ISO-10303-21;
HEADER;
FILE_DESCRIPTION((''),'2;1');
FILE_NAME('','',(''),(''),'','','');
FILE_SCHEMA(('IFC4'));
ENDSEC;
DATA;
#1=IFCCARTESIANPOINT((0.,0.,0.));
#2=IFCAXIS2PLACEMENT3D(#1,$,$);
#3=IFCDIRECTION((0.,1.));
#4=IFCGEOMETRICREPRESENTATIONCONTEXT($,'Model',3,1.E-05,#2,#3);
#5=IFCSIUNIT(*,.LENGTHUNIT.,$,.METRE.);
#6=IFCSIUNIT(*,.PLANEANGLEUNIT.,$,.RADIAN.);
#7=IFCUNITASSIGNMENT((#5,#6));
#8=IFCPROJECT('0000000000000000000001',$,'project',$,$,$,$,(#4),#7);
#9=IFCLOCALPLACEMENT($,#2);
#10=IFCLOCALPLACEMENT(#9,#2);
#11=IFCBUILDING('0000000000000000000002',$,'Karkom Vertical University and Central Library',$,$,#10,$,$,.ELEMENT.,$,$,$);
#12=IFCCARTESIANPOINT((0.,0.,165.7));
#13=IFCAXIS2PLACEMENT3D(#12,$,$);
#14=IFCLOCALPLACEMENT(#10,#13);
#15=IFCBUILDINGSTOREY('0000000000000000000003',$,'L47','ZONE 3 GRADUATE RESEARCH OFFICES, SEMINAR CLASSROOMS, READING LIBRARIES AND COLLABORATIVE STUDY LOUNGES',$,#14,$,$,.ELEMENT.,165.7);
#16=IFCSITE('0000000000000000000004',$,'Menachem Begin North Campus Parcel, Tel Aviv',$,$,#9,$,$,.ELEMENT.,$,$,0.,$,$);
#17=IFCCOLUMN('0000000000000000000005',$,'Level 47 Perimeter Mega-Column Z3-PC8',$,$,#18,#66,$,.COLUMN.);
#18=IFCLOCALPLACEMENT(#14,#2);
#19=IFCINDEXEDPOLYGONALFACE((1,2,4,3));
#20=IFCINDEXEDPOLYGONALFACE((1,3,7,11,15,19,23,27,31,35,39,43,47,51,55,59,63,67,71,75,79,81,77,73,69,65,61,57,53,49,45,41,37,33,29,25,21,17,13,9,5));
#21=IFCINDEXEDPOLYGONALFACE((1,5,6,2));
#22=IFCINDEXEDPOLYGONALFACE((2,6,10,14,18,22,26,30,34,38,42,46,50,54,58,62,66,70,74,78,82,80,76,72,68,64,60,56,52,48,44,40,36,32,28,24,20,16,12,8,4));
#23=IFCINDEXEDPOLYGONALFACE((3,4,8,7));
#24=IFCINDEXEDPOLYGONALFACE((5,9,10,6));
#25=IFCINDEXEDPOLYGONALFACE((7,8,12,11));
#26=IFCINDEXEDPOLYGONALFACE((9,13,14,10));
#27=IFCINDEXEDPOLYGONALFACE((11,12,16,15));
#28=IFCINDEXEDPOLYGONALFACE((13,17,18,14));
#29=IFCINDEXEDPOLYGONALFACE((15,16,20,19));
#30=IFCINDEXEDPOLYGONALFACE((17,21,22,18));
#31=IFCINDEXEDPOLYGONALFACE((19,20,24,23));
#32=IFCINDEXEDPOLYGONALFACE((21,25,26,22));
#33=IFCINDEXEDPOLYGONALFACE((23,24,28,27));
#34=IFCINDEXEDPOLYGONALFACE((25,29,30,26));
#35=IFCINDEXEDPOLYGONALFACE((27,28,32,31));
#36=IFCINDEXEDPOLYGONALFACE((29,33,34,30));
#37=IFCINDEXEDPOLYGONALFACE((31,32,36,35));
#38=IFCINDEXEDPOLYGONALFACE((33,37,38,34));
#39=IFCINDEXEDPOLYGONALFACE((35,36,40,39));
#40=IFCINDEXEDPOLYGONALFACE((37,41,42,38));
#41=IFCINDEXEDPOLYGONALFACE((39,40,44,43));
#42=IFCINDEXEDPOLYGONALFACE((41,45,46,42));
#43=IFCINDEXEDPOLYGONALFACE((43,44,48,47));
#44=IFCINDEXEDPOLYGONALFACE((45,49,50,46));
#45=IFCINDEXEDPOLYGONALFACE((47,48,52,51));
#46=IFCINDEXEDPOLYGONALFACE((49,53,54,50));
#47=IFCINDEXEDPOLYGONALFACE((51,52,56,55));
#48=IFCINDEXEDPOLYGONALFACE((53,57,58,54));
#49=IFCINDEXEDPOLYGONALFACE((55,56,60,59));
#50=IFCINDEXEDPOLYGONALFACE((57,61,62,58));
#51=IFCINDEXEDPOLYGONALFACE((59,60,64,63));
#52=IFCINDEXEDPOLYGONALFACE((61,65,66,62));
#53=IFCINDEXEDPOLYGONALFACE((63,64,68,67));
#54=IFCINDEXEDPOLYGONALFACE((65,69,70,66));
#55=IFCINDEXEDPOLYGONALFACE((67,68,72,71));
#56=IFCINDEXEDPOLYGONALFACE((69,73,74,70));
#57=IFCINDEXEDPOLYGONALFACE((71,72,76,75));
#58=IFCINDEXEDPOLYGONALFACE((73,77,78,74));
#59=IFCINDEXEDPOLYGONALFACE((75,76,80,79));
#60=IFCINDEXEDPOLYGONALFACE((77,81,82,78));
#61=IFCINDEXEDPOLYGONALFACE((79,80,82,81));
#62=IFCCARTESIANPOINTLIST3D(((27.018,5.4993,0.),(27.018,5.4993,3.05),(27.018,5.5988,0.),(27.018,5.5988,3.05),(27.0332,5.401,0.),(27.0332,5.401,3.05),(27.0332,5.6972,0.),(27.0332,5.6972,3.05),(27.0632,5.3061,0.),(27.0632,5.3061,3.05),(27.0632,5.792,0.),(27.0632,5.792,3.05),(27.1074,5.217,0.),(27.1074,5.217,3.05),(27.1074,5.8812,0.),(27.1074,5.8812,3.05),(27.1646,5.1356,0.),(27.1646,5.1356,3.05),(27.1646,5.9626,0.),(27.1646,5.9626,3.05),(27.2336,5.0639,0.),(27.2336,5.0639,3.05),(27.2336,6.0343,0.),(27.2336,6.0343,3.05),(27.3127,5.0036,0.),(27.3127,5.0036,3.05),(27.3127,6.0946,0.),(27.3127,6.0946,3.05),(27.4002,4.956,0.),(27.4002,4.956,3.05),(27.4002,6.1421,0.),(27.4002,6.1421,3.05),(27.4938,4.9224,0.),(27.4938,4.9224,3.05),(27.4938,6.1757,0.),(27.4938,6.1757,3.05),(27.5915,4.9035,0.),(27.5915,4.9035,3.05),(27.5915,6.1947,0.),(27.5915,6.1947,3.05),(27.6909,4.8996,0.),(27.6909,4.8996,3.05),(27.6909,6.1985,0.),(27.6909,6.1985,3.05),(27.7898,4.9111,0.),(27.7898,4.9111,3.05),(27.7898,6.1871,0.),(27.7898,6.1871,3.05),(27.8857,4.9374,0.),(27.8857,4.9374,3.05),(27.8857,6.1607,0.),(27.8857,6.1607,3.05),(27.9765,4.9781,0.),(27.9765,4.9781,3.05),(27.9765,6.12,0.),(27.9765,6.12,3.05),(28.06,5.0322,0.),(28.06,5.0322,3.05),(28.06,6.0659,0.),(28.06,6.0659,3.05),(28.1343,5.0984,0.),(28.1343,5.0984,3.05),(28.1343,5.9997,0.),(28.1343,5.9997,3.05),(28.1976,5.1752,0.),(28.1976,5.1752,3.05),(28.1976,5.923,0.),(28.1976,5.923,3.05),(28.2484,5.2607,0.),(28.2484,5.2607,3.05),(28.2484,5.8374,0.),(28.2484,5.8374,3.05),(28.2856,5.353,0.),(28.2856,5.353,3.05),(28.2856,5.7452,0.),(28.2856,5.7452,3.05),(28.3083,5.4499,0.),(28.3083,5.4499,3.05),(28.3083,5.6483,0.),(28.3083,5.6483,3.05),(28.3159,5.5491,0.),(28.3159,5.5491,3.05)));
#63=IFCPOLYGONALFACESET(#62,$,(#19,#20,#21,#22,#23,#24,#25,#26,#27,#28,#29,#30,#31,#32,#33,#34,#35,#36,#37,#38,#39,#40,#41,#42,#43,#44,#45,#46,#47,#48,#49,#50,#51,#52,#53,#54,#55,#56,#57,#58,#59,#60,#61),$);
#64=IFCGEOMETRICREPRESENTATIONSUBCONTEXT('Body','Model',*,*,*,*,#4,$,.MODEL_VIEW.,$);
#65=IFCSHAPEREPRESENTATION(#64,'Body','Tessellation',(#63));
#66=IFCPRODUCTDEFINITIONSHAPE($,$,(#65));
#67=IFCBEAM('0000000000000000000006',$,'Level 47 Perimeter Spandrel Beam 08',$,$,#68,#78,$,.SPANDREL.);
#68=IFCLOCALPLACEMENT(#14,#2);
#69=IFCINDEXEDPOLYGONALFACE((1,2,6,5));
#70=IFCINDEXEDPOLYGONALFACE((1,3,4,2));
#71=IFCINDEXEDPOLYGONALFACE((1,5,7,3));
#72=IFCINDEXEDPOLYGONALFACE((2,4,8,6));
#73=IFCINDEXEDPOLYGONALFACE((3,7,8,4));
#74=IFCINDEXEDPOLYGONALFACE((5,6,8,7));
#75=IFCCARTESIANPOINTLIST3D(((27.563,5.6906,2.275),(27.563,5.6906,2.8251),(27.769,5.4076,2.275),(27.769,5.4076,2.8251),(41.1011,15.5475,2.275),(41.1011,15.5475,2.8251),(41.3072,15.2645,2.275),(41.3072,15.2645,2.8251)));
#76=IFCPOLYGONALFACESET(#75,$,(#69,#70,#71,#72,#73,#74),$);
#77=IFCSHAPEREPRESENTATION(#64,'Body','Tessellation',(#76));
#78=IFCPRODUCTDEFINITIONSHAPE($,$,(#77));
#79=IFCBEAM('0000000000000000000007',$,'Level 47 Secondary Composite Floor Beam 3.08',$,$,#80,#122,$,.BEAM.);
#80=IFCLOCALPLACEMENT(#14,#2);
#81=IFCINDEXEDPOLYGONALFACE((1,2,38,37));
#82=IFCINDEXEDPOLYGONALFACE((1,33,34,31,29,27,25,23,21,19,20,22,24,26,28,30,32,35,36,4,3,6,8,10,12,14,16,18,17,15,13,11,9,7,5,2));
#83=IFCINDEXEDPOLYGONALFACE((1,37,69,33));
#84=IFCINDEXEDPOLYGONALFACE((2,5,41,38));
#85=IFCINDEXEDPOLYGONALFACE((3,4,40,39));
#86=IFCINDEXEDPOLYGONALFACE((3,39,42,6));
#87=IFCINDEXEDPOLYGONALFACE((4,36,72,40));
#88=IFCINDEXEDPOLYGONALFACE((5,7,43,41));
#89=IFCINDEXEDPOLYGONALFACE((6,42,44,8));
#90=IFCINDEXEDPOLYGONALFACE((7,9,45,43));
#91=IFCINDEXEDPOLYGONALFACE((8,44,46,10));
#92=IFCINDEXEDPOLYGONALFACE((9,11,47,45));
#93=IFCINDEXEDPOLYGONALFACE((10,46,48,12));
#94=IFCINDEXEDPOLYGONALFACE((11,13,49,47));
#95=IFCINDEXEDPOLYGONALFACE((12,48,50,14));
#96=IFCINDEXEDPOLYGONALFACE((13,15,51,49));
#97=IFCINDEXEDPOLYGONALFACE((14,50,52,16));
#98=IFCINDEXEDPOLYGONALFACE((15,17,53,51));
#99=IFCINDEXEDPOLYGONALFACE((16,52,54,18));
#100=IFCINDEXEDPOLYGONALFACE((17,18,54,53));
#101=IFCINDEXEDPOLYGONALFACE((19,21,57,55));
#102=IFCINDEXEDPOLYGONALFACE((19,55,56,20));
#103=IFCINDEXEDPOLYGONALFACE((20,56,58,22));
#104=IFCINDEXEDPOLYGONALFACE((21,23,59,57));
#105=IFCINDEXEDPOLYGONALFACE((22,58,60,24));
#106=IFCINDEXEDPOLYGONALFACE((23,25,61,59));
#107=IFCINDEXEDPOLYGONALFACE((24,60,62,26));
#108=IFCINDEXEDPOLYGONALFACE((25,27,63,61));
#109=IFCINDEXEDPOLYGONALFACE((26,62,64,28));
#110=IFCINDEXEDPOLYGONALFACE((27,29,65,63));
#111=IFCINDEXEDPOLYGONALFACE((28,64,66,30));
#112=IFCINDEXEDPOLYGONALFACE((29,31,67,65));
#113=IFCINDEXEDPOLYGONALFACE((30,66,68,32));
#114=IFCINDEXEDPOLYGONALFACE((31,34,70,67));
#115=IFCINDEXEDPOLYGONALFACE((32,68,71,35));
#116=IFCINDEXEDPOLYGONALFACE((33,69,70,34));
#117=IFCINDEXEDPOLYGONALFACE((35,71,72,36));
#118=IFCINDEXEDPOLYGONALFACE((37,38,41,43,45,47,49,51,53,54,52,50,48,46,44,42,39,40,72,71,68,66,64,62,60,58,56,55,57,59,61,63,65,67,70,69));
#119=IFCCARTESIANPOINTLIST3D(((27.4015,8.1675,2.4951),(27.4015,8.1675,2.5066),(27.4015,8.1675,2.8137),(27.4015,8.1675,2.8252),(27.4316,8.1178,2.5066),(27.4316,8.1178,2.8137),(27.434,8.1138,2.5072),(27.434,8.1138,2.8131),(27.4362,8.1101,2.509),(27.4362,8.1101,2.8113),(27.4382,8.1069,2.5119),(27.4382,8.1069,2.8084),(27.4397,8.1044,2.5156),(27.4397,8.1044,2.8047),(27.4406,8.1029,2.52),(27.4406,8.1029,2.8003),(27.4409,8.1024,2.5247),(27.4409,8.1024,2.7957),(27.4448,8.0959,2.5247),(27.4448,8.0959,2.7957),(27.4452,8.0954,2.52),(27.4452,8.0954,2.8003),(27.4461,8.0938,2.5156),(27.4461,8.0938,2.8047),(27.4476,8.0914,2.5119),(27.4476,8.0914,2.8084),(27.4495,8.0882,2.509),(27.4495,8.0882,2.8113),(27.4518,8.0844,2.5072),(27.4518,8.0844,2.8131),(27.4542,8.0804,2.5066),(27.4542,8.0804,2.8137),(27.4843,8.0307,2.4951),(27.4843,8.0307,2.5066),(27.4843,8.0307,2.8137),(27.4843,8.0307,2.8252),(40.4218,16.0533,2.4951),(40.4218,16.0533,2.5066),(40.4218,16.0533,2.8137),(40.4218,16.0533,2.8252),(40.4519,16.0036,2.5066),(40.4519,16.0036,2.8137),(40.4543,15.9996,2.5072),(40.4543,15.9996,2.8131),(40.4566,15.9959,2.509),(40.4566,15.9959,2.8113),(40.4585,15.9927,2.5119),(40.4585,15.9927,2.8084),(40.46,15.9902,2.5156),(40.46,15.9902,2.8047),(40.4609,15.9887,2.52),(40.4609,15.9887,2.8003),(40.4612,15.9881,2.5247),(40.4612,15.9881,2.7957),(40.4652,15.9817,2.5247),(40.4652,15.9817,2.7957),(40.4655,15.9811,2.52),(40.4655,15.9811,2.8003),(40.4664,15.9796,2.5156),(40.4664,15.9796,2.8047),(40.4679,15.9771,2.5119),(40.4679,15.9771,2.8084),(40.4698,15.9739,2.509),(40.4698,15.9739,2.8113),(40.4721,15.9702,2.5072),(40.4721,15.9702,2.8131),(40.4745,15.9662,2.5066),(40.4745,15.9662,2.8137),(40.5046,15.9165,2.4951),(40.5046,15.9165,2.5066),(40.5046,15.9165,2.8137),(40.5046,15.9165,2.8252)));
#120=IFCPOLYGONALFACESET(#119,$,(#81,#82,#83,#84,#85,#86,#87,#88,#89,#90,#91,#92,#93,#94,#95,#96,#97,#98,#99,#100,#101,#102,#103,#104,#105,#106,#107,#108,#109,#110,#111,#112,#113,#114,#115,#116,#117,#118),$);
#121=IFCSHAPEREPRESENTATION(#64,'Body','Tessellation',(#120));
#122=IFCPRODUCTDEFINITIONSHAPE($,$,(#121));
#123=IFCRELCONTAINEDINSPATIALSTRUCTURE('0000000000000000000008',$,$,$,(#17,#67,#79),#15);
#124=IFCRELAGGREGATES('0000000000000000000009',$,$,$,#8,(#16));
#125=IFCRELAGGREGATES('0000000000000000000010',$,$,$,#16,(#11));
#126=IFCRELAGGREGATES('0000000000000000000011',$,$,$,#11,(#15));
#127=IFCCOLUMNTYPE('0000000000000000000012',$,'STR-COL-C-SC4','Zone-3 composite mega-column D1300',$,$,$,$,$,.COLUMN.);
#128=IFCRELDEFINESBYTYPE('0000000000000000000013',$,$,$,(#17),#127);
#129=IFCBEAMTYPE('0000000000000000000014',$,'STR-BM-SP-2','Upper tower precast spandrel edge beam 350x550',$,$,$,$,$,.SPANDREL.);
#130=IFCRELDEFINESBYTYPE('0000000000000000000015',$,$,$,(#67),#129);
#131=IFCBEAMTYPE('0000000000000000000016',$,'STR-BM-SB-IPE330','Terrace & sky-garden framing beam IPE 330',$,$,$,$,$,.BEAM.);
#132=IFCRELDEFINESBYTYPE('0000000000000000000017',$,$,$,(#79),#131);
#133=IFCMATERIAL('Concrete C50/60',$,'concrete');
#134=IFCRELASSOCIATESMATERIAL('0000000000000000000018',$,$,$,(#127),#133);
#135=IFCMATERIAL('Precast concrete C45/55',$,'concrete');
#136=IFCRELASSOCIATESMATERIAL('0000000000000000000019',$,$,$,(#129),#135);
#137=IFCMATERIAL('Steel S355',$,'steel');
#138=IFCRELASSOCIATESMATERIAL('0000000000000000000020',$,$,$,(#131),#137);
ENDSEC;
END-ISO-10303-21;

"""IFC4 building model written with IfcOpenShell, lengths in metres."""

from ifc_helpers import new_model, si_unit, direction, frame, origin, origin_with_axes, origin_2d, place, context, subcontext, project, spatial, rectangle, circle, i_section, extrude, source, transform, mapped, material, material_profile, profile_set, type_object, element, save


model = new_model("IFC4")

# Units and contexts
model_context = context("Model", 3, precision=1e-05, world=origin(), true_north=direction((0.0, 1.0)))
body_context = subcontext(model_context, "Body", "Model", "MODEL_VIEW")
ifc_project = project(units=[si_unit("LENGTHUNIT", "METRE"), si_unit("PLANEANGLEUNIT", "RADIAN")], contexts=[model_context])

# Site, building, storey
site_placement = place(None, origin())
site = spatial("IfcSite", under=ifc_project, at=site_placement, Name="Menachem Begin North Campus Parcel, Tel Aviv", CompositionType="ELEMENT", RefElevation=0.0)
building_placement = place(site_placement, origin())
building = spatial("IfcBuilding", under=site, at=building_placement, Name="Karkom Vertical University and Central Library", CompositionType="ELEMENT")
storey_placement = place(building_placement, frame((0.0, 0.0, 165.7)))
storey = spatial("IfcBuildingStorey", under=building, at=storey_placement, Name="L47", Description="ZONE 3 GRADUATE RESEARCH OFFICES, SEMINAR CLASSROOMS, READING LIBRARIES AND COLLABORATIVE STUDY LOUNGES", CompositionType="ELEMENT", Elevation=165.7)

# Column
ifc_material_1 = material(Name="Concrete C50/60", Category="concrete")
ifc_material_profile_1 = material_profile(ifc_material_1, circle(Radius=0.6499, at=origin_2d()), Name="CFT-D1300")
ifc_profile_set_1 = profile_set([ifc_material_profile_1], Name="Concrete C50/60")
column_type = type_object("IfcColumnType", Name="STR-COL-C-SC4", Description="Zone-3 composite mega-column D1300", PredefinedType="COLUMN", material=ifc_profile_set_1)
shared_shape_1 = source(origin_with_axes(), body_context, "Body", "SweptSolid", [
    extrude(circle(Radius=0.6499, at=origin_2d()), origin(), (0.0, 0.0, 1.0), 3.05),
])
column_placement = place(storey_placement, frame((27.666, 5.5491, 0.0), z_axis=(0.0, 0.0, 1.0), x_axis=(1.0, 0.0, 0.0)))
element("IfcColumn", 1, at=column_placement, inside=storey, type_object=column_type, Name="Level 47 Perimeter Mega-Column Z3-PC8", PredefinedType="COLUMN", context=body_context, shape_type="MappedRepresentation", body=[
    mapped(shared_shape_1, transform((0.0, 0.0, 0.0), scale=1.0)),
])

# Beams
ifc_material_2 = material(Name="Precast concrete C45/55", Category="concrete")
ifc_material_profile_2 = material_profile(ifc_material_2, rectangle(XDim=0.3501, YDim=0.55, at=origin_2d()), Name="SPB-350x550")
ifc_profile_set_2 = profile_set([ifc_material_profile_2], Name="Precast concrete C45/55")
beam_type_1 = type_object("IfcBeamType", Name="STR-BM-SP-2", Description="Upper tower precast spandrel edge beam 350x550", PredefinedType="SPANDREL", material=ifc_profile_set_2)
shared_shape_2 = source(origin_with_axes(), body_context, "Body", "SweptSolid", [
    extrude(rectangle(XDim=0.3501, YDim=0.55, at=origin_2d()), origin(), (0.0, 0.0, 1.0), 16.7463),
])
beam_1_placement = place(storey_placement, frame((27.666, 5.5491, 2.55), z_axis=(0.808422, 0.588603, 0.0), x_axis=(-0.588603, 0.808422, 0.0)))
element("IfcBeam", 2, at=beam_1_placement, inside=storey, type_object=beam_type_1, Name="Level 47 Perimeter Spandrel Beam 08", PredefinedType="SPANDREL", context=body_context, shape_type="MappedRepresentation", body=[
    mapped(shared_shape_2, transform((0.0, 0.0, 0.0), scale=1.0)),
])
ifc_material_3 = material(Name="Steel S355", Category="steel")
ifc_material_profile_3 = material_profile(ifc_material_3, i_section(OverallWidth=0.1599, OverallDepth=0.3301, WebThickness=0.0076, FlangeThickness=0.0115, FilletRadius=0.0181, at=origin_2d()), Name="IPE 330")
ifc_profile_set_3 = profile_set([ifc_material_profile_3], Name="Steel S355")
beam_type_2 = type_object("IfcBeamType", Name="STR-BM-SB-IPE330", Description="Terrace & sky-garden framing beam IPE 330", PredefinedType="BEAM", material=ifc_profile_set_3)
shared_shape_3 = source(origin_with_axes(), body_context, "Body", "SweptSolid", [
    extrude(i_section(OverallWidth=0.1599, OverallDepth=0.3301, WebThickness=0.0076, FlangeThickness=0.0115, FilletRadius=0.0181, at=origin_2d()), origin(), (0.0, 0.0, 1.0), 15.2222),
])
beam_2_placement = place(storey_placement, frame((27.4429, 8.0991, 2.6602), z_axis=(0.855353, 0.518046, 0.0), x_axis=(-0.518046, 0.855353, 0.0)))
element("IfcBeam", 3, at=beam_2_placement, inside=storey, type_object=beam_type_2, Name="Level 47 Secondary Composite Floor Beam 3.08", PredefinedType="BEAM", context=body_context, shape_type="MappedRepresentation", body=[
    mapped(shared_shape_3, transform((0.0, 0.0, 0.0), scale=1.0)),
])

save(model, "model.ifc")
